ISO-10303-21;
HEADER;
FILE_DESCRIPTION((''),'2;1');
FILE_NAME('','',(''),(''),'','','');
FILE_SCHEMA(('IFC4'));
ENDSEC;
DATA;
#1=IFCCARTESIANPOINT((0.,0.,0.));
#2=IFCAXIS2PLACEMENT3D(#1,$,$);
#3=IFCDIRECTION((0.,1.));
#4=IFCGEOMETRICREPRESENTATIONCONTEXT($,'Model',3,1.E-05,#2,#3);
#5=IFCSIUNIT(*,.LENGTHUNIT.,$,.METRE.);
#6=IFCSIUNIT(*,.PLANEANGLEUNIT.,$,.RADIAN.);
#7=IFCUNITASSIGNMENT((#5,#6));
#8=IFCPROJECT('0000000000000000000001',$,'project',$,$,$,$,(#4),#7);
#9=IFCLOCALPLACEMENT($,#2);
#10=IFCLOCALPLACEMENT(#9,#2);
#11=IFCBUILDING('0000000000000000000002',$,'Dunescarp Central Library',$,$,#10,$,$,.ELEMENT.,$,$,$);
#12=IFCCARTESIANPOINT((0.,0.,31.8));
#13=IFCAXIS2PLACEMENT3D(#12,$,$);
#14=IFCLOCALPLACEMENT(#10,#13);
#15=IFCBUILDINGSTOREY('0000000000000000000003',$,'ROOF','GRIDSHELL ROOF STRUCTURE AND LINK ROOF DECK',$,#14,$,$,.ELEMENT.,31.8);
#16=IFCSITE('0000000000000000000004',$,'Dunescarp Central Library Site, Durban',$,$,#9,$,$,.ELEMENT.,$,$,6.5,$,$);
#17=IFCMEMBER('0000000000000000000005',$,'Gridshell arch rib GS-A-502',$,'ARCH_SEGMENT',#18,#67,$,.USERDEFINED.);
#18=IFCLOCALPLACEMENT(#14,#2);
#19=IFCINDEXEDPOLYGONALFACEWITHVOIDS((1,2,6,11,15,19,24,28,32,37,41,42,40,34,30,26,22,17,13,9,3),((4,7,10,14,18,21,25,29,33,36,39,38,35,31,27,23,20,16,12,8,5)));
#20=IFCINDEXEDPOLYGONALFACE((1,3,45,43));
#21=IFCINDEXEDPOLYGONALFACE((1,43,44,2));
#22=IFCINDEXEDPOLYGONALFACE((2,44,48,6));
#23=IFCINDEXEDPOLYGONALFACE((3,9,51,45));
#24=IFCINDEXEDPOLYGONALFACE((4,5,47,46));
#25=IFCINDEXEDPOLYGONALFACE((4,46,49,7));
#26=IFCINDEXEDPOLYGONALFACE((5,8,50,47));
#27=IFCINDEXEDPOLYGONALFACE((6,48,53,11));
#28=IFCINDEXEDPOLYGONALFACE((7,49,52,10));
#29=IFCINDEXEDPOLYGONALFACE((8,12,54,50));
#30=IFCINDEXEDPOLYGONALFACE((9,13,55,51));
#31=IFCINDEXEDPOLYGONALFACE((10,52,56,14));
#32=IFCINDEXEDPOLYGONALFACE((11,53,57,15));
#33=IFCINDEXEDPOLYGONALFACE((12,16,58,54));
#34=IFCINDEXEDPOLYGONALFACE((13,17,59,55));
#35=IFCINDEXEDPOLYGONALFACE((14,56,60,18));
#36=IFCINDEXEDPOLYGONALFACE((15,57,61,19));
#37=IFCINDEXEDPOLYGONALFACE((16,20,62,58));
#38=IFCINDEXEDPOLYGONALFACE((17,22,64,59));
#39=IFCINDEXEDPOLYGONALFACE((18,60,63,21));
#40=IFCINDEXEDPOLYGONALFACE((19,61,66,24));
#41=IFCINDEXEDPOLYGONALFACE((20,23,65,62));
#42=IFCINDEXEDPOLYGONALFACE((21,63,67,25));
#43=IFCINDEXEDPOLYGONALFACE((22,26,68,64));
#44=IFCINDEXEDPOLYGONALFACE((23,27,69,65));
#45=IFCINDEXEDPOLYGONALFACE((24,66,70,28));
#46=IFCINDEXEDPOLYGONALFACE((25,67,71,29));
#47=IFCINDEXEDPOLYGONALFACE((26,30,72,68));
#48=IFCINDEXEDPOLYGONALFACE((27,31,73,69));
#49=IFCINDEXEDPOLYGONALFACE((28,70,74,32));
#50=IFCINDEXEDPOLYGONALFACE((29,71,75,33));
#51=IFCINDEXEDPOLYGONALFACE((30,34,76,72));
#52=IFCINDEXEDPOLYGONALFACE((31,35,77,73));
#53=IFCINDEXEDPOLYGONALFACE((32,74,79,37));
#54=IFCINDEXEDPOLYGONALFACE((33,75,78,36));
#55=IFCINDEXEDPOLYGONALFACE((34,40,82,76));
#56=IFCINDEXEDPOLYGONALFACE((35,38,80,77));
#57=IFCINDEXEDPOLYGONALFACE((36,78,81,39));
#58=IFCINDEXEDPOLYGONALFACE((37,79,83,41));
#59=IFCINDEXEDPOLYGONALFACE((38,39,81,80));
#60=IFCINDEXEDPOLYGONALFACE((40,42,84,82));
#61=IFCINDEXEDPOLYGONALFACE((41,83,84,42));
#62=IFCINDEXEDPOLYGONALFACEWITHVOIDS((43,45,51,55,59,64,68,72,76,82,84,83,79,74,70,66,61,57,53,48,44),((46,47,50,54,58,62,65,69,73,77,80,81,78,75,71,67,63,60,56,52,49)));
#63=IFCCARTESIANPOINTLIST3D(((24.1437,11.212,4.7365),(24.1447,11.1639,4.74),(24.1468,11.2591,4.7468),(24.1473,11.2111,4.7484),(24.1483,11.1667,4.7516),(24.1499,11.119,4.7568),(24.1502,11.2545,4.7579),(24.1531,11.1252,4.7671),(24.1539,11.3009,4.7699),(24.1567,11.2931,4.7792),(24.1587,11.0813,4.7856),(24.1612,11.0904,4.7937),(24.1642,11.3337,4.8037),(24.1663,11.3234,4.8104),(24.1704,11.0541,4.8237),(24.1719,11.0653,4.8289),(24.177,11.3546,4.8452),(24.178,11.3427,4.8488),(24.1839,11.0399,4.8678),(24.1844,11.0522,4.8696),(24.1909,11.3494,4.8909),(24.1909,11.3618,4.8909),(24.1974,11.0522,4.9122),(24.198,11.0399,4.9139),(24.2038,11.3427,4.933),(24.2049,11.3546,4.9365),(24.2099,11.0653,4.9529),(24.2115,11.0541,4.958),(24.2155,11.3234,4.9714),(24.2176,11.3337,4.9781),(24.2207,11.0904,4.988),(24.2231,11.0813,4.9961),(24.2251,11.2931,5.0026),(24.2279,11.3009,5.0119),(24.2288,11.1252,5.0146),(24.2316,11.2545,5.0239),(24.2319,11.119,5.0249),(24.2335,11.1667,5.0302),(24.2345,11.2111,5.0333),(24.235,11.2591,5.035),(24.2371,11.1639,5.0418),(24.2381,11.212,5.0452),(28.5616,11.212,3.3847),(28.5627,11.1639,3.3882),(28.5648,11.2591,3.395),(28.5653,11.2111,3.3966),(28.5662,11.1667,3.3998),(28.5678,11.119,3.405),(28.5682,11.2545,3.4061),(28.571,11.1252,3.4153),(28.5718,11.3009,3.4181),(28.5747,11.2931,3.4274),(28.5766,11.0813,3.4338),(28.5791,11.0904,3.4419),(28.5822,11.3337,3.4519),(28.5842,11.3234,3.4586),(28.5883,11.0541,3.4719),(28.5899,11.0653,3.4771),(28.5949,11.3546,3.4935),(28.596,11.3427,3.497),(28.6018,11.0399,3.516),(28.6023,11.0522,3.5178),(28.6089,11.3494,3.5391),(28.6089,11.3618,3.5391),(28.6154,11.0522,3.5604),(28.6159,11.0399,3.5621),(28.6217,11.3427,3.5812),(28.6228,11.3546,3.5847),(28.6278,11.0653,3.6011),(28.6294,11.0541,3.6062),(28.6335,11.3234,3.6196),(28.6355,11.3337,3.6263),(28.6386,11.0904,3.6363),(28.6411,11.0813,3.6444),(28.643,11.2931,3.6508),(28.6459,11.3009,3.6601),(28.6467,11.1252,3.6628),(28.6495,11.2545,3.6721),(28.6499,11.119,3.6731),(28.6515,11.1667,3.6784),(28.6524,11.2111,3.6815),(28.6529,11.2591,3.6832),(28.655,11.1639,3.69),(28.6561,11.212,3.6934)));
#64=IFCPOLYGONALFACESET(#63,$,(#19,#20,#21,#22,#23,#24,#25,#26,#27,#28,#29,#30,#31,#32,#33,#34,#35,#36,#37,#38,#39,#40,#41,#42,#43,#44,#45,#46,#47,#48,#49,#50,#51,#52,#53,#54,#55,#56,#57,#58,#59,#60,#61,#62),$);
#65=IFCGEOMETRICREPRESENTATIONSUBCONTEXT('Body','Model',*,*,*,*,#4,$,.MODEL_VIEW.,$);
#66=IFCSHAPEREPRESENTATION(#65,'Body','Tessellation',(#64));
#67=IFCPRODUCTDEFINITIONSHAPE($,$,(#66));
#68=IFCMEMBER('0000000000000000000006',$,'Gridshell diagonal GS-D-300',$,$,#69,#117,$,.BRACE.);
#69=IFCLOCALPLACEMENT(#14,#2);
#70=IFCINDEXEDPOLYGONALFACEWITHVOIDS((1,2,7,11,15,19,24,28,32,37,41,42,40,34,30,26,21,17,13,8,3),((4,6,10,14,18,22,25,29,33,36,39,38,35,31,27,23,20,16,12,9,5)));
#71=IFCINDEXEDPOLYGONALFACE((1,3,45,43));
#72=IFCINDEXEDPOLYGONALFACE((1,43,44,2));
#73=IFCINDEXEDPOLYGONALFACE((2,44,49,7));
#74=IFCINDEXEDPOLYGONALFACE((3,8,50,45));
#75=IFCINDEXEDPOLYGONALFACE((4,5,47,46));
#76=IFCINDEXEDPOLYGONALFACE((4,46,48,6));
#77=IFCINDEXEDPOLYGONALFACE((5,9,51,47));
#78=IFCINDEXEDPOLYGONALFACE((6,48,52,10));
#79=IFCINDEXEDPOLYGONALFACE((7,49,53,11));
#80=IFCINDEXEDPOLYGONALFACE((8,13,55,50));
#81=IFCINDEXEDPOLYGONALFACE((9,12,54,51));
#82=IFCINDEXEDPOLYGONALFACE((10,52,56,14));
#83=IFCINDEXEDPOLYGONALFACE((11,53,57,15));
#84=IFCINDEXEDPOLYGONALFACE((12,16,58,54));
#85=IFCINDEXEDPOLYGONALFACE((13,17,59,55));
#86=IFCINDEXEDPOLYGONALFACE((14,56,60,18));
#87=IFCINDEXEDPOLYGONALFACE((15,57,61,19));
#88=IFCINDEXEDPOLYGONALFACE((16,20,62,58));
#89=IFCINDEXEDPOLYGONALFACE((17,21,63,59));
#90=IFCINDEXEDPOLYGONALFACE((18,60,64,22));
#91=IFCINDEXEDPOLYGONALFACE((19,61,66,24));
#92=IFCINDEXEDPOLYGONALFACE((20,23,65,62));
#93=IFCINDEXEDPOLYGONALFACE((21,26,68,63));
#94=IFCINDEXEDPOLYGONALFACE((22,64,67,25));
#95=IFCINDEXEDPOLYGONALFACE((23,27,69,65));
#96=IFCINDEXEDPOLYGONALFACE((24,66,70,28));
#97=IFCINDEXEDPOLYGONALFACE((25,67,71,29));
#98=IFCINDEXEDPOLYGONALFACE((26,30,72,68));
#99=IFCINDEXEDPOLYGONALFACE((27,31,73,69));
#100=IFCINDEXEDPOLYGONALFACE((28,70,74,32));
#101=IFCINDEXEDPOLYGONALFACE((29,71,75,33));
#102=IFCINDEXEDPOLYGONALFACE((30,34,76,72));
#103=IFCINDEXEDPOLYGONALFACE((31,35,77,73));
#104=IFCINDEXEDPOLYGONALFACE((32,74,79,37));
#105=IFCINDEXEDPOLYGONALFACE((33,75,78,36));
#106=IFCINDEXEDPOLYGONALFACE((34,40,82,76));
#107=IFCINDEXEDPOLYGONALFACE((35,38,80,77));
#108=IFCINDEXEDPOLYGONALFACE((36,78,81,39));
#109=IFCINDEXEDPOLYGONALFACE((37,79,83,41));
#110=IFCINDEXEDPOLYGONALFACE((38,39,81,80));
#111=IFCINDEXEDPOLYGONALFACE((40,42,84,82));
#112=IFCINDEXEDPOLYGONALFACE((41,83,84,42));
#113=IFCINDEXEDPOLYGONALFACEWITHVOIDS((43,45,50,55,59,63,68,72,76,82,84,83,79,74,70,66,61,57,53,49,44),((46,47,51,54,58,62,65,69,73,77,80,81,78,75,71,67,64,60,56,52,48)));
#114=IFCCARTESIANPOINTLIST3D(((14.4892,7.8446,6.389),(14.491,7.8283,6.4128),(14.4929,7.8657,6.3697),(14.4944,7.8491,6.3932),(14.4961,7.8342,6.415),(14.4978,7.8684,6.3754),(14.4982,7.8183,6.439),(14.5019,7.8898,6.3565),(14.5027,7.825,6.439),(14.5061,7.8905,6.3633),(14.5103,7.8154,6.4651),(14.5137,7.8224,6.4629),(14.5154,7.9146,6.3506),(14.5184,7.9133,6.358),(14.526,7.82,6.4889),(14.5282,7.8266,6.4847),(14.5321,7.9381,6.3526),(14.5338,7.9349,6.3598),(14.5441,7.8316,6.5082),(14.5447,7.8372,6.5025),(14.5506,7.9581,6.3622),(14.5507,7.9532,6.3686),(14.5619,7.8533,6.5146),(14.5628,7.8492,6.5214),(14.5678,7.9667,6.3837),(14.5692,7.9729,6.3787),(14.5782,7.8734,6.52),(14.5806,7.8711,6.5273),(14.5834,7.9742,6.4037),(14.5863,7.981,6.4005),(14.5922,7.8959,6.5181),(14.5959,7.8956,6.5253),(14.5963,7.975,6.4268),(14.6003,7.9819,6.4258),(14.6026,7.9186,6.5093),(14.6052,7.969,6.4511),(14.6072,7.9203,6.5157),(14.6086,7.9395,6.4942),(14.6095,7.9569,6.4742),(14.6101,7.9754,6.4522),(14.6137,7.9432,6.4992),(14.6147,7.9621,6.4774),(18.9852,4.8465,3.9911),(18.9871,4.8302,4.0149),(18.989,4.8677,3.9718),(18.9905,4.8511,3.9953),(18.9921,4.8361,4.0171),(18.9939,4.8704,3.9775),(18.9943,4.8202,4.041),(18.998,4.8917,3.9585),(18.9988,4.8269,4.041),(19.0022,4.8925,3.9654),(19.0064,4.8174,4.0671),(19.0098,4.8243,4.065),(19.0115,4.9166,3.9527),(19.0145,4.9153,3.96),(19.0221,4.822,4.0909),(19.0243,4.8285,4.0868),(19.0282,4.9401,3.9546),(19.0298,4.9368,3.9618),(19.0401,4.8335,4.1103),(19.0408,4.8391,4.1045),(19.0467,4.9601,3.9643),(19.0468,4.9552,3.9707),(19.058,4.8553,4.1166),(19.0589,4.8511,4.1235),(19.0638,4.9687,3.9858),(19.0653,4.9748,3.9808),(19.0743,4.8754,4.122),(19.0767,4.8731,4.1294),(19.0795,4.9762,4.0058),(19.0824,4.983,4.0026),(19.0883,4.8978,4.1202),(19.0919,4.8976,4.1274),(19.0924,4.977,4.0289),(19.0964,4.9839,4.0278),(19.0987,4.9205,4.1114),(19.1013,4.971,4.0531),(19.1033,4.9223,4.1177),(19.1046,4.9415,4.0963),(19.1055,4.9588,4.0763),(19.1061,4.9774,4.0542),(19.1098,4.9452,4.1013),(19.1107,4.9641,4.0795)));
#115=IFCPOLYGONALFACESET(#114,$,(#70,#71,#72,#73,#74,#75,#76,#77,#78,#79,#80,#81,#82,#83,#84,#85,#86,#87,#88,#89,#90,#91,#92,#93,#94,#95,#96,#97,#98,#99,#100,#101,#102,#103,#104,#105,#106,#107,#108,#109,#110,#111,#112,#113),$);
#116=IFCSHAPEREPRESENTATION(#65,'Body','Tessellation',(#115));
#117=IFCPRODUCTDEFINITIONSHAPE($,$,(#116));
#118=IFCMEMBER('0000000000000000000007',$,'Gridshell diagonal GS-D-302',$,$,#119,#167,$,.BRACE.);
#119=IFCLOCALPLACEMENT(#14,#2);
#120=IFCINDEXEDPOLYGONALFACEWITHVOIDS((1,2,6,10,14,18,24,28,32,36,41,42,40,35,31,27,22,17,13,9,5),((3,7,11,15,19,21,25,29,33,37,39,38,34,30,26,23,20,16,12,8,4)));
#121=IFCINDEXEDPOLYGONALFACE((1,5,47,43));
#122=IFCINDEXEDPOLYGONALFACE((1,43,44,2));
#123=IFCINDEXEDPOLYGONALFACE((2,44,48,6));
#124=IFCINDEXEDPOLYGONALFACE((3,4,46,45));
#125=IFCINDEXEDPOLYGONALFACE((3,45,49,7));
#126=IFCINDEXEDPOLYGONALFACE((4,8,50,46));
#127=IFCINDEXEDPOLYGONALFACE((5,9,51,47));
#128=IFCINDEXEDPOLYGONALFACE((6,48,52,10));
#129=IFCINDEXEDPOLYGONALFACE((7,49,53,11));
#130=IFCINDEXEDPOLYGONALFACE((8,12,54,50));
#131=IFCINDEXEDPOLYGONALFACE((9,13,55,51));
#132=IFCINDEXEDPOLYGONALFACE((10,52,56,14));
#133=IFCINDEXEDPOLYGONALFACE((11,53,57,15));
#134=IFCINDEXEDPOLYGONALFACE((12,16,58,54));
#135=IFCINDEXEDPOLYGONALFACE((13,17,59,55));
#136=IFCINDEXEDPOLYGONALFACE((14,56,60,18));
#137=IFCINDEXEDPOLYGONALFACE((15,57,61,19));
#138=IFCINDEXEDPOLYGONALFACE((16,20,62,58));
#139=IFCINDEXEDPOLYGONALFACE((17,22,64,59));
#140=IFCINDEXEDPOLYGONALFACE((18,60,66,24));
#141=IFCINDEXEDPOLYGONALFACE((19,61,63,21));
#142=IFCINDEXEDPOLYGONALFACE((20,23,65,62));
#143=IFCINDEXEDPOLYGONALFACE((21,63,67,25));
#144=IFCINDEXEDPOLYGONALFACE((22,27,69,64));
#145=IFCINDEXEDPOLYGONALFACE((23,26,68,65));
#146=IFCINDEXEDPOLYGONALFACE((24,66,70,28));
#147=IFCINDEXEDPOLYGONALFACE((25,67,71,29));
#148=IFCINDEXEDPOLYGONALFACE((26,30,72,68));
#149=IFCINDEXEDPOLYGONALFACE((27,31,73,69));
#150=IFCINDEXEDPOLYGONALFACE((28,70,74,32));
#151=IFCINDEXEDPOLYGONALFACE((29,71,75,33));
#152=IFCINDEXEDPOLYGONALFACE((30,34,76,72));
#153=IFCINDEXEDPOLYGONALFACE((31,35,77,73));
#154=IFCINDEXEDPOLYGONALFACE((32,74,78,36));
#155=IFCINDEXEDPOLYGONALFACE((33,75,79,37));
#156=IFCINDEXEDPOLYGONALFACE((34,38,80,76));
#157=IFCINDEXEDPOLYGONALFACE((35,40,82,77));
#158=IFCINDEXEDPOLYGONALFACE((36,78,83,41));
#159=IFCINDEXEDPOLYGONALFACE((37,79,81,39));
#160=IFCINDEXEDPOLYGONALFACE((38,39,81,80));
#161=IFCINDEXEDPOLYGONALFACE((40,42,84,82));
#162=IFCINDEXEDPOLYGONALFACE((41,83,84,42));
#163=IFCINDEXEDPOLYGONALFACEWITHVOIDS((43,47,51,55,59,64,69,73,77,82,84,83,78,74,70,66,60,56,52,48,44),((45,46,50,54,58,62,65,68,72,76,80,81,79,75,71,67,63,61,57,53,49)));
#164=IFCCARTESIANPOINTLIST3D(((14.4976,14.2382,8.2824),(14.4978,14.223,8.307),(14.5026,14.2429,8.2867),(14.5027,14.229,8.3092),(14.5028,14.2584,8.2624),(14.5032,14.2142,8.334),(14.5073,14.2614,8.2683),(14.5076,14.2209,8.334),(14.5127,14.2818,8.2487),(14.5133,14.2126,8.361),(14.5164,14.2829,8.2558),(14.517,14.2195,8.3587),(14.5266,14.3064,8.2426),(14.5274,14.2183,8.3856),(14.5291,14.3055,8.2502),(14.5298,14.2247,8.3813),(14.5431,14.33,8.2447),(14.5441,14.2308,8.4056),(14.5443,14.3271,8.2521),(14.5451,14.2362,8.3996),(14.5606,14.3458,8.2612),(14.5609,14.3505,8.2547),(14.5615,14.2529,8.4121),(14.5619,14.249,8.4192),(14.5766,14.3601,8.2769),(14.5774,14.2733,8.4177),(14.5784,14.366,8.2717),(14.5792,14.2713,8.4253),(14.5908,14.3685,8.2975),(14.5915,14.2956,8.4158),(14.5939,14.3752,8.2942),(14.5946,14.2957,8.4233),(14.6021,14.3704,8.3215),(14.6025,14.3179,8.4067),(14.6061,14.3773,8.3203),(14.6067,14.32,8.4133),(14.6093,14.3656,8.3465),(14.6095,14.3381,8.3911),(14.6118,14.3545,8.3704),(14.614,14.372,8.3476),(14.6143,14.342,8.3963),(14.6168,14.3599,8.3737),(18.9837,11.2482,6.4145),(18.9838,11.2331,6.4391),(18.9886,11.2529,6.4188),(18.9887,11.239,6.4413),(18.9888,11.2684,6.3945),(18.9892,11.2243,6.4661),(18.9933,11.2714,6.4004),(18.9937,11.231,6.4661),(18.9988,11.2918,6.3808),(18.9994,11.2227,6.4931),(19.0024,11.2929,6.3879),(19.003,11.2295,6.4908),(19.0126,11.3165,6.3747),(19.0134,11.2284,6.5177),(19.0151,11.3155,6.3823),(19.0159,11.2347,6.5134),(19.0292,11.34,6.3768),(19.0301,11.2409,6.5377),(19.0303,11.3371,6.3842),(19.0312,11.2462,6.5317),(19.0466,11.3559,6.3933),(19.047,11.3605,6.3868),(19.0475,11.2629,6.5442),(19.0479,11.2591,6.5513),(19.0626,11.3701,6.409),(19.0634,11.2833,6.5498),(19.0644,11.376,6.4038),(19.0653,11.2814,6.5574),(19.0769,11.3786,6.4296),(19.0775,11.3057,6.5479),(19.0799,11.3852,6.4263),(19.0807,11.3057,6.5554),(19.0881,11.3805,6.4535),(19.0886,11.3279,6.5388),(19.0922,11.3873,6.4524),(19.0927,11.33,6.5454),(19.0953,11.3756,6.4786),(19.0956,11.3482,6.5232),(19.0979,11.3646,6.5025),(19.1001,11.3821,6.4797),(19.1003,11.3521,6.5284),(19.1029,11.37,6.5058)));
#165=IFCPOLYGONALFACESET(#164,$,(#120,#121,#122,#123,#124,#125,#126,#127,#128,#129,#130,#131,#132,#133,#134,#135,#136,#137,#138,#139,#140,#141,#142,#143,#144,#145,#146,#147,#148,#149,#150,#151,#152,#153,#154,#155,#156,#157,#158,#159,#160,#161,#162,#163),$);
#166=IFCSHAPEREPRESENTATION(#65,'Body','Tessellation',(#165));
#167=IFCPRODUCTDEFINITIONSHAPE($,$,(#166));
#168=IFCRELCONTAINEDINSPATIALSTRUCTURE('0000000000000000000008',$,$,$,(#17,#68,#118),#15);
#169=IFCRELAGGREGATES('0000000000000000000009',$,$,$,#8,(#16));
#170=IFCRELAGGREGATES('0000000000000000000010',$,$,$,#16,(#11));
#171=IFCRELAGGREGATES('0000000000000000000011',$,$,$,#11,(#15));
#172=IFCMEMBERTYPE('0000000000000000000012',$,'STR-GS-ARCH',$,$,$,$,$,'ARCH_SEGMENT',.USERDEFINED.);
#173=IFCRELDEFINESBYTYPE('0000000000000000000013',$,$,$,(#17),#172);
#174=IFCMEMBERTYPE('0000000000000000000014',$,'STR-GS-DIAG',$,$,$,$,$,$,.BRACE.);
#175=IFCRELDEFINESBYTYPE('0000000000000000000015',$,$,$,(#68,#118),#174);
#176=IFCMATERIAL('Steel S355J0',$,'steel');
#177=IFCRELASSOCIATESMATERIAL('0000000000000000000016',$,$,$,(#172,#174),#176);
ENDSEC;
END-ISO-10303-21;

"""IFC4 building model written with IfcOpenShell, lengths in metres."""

from ifc_helpers import new_model, si_unit, direction, frame, origin, origin_2d, place, context, subcontext, project, spatial, hollow_circle, extrude, material, material_profile, profile_set, type_object, element, save


model = new_model("IFC4")

# Units and contexts
model_context = context("Model", 3, precision=1e-05, world=origin(), true_north=direction((0.0, 1.0)))
body_context = subcontext(model_context, "Body", "Model", "MODEL_VIEW")
ifc_project = project(units=[si_unit("LENGTHUNIT", "METRE"), si_unit("PLANEANGLEUNIT", "RADIAN")], contexts=[model_context])

# Site, building, storey
site_placement = place(None, origin())
site = spatial("IfcSite", under=ifc_project, at=site_placement, Name="Dunescarp Central Library Site, Durban", CompositionType="ELEMENT", RefElevation=6.5)
building_placement = place(site_placement, origin())
building = spatial("IfcBuilding", under=site, at=building_placement, Name="Dunescarp Central Library", CompositionType="ELEMENT")
storey_placement = place(building_placement, frame((0.0, 0.0, 31.8)))
storey = spatial("IfcBuildingStorey", under=building, at=storey_placement, Name="ROOF", Description="GRIDSHELL ROOF STRUCTURE AND LINK ROOF DECK", CompositionType="ELEMENT", Elevation=31.8)

# Members
ifc_material_1 = material(Name="Steel S355J0", Category="steel")
ifc_material_profile_1 = material_profile(ifc_material_1, hollow_circle(Radius=0.1619, WallThickness=0.0125, at=origin_2d()), Name="CHS 323.9x12.5")
ifc_profile_set_1 = profile_set([ifc_material_profile_1], Name="Steel S355J0")
member_type_1 = type_object("IfcMemberType", Name="STR-GS-ARCH", ElementType="ARCH_SEGMENT", PredefinedType="USERDEFINED", material=ifc_profile_set_1)
member_1_placement = place(storey_placement, frame((24.1909, 11.2, 4.8909), z_axis=(0.956238, 0.0, -0.292589), x_axis=(0.0, 1.0, 0.0)))
element("IfcMember", 1, at=member_1_placement, inside=storey, type_object=member_type_1, Name="Gridshell arch rib GS-A-502", ObjectType="ARCH_SEGMENT", PredefinedType="USERDEFINED", context=body_context, shape_type="SweptSolid", body=[
    extrude(hollow_circle(Radius=0.1619, WallThickness=0.0125, at=origin_2d()), origin(), (0.0, 0.0, 1.0), 4.6201),
])
ifc_material_profile_2 = material_profile(ifc_material_1, hollow_circle(Radius=0.0969, WallThickness=0.0081, at=origin_2d()), Name="CHS 193.7x8")
ifc_profile_set_2 = profile_set([ifc_material_profile_2], Name="Steel S355J0")
member_type_2 = type_object("IfcMemberType", Name="STR-GS-DIAG", PredefinedType="BRACE", material=ifc_profile_set_2)
member_2_placement = place(storey_placement, frame((19.0481, 4.9009, 4.041), z_axis=(-0.760486, 0.507101, 0.405598), x_axis=(-0.554784, -0.831995, 0.0)))
element("IfcMember", 2, at=member_2_placement, inside=storey, type_object=member_type_2, Name="Gridshell diagonal GS-D-300", PredefinedType="BRACE", context=body_context, shape_type="SweptSolid", body=[
    extrude(hollow_circle(Radius=0.0969, WallThickness=0.0081, at=origin_2d()), origin(), (0.0, 0.0, 1.0), 5.9121),
])
member_3_placement = place(storey_placement, frame((19.043, 11.3049, 6.4661), z_axis=(-0.786257, 0.524043, 0.327382), x_axis=(-0.554606, -0.832113, 0.0)))
element("IfcMember", 3, at=member_3_placement, inside=storey, type_object=member_type_2, Name="Gridshell diagonal GS-D-302", PredefinedType="BRACE", context=body_context, shape_type="SweptSolid", body=[
    extrude(hollow_circle(Radius=0.0969, WallThickness=0.0081, at=origin_2d()), origin(), (0.0, 0.0, 1.0), 5.7056),
])

save(model, "model.ifc")
